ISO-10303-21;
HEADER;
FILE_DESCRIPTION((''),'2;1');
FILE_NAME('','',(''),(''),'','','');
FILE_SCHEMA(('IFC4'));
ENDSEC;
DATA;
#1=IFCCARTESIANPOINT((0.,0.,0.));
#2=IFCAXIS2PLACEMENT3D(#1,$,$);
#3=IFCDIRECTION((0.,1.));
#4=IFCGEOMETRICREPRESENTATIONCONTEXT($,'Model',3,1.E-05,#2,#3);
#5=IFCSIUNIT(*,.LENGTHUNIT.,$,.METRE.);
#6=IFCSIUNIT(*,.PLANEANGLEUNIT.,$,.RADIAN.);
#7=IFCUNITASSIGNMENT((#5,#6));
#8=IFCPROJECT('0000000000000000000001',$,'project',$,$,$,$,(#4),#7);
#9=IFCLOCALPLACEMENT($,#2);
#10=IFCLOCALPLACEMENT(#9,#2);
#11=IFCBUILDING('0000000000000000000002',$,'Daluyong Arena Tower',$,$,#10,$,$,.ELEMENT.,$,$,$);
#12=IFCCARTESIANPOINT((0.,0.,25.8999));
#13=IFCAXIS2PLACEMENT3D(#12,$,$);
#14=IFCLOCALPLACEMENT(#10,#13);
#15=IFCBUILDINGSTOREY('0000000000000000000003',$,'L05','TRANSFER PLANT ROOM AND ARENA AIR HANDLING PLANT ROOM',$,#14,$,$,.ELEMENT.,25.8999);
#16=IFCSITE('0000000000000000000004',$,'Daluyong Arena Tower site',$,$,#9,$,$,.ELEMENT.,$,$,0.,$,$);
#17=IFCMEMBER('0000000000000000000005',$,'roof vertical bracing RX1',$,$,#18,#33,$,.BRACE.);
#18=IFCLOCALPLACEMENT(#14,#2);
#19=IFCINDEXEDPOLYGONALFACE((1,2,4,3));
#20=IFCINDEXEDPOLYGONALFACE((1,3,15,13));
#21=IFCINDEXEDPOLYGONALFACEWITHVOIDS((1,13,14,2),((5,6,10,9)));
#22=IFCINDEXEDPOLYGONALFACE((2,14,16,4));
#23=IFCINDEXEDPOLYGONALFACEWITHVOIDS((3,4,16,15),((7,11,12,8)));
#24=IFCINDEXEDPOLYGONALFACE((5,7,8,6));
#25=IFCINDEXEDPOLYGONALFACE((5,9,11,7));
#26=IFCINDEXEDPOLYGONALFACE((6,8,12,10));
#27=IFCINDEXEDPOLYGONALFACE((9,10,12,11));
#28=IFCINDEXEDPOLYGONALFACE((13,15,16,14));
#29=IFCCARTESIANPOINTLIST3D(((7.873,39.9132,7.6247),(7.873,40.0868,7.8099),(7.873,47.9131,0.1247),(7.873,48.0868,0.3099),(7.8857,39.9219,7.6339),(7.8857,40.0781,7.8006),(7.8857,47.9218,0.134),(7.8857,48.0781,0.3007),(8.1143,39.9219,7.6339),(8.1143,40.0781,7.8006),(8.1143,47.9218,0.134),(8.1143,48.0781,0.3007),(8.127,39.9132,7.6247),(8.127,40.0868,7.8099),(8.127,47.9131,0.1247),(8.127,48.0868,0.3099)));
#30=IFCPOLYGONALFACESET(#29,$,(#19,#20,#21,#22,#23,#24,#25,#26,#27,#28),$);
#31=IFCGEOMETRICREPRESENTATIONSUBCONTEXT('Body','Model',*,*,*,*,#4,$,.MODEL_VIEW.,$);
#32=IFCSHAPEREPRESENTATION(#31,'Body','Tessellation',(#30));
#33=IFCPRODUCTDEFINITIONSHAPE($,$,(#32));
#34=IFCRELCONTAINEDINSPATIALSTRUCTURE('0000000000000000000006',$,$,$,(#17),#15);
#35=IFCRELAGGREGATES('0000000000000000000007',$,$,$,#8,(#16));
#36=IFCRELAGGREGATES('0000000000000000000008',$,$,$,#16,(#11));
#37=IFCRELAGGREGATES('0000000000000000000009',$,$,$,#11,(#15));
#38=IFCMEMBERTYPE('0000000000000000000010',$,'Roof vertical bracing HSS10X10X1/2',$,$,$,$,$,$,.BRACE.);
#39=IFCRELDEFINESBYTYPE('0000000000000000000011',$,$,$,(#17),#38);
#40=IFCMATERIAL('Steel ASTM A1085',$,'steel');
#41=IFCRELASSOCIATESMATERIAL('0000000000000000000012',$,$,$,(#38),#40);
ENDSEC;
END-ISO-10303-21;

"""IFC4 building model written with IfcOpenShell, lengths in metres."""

from ifc_helpers import new_model, si_unit, direction, frame, origin, origin_2d, place, context, subcontext, project, spatial, hollow_rectangle, extrude, material, material_profile, profile_set, type_object, element, save


model = new_model("IFC4")

# Units and contexts
model_context = context("Model", 3, precision=1e-05, world=origin(), true_north=direction((0.0, 1.0)))
body_context = subcontext(model_context, "Body", "Model", "MODEL_VIEW")
ifc_project = project(units=[si_unit("LENGTHUNIT", "METRE"), si_unit("PLANEANGLEUNIT", "RADIAN")], contexts=[model_context])

# Site, building, storey
site_placement = place(None, origin())
site = spatial("IfcSite", under=ifc_project, at=site_placement, Name="Daluyong Arena Tower site", CompositionType="ELEMENT", RefElevation=0.0)
building_placement = place(site_placement, origin())
building = spatial("IfcBuilding", under=site, at=building_placement, Name="Daluyong Arena Tower", CompositionType="ELEMENT")
storey_placement = place(building_placement, frame((0.0, 0.0, 25.8999)))
storey = spatial("IfcBuildingStorey", under=building, at=storey_placement, Name="L05", Description="TRANSFER PLANT ROOM AND ARENA AIR HANDLING PLANT ROOM", CompositionType="ELEMENT", Elevation=25.8999)

# Member
ifc_material_1 = material(Name="Steel ASTM A1085", Category="steel")
ifc_material_profile_1 = material_profile(ifc_material_1, hollow_rectangle(XDim=0.2539, YDim=0.2539, WallThickness=0.0127, at=origin_2d()))
ifc_profile_set_1 = profile_set([ifc_material_profile_1], Name="Steel ASTM A1085")
member_type_1 = type_object("IfcMemberType", Name="Roof vertical bracing HSS10X10X1/2", PredefinedType="BRACE", material=ifc_profile_set_1)
for number, where, z_axis, x_axis, name in (
    (1, (8.0, 40.0, 7.7173), (0.0, 0.729537, -0.683941), (-1.0, 0.0, 0.0), "roof vertical bracing RX1"),
):
    element("IfcMember", number, at=place(storey_placement, frame(where, z_axis=z_axis, x_axis=x_axis)), inside=storey, type_object=member_type_1, Name=name, PredefinedType="BRACE", context=body_context, shape_type="SweptSolid", body=[
        extrude(hollow_rectangle(XDim=0.2539, YDim=0.2539, WallThickness=0.0127, at=origin_2d()), origin(), (0.0, 0.0, 1.0), 10.9658),
    ])

save(model, "model.ifc")
